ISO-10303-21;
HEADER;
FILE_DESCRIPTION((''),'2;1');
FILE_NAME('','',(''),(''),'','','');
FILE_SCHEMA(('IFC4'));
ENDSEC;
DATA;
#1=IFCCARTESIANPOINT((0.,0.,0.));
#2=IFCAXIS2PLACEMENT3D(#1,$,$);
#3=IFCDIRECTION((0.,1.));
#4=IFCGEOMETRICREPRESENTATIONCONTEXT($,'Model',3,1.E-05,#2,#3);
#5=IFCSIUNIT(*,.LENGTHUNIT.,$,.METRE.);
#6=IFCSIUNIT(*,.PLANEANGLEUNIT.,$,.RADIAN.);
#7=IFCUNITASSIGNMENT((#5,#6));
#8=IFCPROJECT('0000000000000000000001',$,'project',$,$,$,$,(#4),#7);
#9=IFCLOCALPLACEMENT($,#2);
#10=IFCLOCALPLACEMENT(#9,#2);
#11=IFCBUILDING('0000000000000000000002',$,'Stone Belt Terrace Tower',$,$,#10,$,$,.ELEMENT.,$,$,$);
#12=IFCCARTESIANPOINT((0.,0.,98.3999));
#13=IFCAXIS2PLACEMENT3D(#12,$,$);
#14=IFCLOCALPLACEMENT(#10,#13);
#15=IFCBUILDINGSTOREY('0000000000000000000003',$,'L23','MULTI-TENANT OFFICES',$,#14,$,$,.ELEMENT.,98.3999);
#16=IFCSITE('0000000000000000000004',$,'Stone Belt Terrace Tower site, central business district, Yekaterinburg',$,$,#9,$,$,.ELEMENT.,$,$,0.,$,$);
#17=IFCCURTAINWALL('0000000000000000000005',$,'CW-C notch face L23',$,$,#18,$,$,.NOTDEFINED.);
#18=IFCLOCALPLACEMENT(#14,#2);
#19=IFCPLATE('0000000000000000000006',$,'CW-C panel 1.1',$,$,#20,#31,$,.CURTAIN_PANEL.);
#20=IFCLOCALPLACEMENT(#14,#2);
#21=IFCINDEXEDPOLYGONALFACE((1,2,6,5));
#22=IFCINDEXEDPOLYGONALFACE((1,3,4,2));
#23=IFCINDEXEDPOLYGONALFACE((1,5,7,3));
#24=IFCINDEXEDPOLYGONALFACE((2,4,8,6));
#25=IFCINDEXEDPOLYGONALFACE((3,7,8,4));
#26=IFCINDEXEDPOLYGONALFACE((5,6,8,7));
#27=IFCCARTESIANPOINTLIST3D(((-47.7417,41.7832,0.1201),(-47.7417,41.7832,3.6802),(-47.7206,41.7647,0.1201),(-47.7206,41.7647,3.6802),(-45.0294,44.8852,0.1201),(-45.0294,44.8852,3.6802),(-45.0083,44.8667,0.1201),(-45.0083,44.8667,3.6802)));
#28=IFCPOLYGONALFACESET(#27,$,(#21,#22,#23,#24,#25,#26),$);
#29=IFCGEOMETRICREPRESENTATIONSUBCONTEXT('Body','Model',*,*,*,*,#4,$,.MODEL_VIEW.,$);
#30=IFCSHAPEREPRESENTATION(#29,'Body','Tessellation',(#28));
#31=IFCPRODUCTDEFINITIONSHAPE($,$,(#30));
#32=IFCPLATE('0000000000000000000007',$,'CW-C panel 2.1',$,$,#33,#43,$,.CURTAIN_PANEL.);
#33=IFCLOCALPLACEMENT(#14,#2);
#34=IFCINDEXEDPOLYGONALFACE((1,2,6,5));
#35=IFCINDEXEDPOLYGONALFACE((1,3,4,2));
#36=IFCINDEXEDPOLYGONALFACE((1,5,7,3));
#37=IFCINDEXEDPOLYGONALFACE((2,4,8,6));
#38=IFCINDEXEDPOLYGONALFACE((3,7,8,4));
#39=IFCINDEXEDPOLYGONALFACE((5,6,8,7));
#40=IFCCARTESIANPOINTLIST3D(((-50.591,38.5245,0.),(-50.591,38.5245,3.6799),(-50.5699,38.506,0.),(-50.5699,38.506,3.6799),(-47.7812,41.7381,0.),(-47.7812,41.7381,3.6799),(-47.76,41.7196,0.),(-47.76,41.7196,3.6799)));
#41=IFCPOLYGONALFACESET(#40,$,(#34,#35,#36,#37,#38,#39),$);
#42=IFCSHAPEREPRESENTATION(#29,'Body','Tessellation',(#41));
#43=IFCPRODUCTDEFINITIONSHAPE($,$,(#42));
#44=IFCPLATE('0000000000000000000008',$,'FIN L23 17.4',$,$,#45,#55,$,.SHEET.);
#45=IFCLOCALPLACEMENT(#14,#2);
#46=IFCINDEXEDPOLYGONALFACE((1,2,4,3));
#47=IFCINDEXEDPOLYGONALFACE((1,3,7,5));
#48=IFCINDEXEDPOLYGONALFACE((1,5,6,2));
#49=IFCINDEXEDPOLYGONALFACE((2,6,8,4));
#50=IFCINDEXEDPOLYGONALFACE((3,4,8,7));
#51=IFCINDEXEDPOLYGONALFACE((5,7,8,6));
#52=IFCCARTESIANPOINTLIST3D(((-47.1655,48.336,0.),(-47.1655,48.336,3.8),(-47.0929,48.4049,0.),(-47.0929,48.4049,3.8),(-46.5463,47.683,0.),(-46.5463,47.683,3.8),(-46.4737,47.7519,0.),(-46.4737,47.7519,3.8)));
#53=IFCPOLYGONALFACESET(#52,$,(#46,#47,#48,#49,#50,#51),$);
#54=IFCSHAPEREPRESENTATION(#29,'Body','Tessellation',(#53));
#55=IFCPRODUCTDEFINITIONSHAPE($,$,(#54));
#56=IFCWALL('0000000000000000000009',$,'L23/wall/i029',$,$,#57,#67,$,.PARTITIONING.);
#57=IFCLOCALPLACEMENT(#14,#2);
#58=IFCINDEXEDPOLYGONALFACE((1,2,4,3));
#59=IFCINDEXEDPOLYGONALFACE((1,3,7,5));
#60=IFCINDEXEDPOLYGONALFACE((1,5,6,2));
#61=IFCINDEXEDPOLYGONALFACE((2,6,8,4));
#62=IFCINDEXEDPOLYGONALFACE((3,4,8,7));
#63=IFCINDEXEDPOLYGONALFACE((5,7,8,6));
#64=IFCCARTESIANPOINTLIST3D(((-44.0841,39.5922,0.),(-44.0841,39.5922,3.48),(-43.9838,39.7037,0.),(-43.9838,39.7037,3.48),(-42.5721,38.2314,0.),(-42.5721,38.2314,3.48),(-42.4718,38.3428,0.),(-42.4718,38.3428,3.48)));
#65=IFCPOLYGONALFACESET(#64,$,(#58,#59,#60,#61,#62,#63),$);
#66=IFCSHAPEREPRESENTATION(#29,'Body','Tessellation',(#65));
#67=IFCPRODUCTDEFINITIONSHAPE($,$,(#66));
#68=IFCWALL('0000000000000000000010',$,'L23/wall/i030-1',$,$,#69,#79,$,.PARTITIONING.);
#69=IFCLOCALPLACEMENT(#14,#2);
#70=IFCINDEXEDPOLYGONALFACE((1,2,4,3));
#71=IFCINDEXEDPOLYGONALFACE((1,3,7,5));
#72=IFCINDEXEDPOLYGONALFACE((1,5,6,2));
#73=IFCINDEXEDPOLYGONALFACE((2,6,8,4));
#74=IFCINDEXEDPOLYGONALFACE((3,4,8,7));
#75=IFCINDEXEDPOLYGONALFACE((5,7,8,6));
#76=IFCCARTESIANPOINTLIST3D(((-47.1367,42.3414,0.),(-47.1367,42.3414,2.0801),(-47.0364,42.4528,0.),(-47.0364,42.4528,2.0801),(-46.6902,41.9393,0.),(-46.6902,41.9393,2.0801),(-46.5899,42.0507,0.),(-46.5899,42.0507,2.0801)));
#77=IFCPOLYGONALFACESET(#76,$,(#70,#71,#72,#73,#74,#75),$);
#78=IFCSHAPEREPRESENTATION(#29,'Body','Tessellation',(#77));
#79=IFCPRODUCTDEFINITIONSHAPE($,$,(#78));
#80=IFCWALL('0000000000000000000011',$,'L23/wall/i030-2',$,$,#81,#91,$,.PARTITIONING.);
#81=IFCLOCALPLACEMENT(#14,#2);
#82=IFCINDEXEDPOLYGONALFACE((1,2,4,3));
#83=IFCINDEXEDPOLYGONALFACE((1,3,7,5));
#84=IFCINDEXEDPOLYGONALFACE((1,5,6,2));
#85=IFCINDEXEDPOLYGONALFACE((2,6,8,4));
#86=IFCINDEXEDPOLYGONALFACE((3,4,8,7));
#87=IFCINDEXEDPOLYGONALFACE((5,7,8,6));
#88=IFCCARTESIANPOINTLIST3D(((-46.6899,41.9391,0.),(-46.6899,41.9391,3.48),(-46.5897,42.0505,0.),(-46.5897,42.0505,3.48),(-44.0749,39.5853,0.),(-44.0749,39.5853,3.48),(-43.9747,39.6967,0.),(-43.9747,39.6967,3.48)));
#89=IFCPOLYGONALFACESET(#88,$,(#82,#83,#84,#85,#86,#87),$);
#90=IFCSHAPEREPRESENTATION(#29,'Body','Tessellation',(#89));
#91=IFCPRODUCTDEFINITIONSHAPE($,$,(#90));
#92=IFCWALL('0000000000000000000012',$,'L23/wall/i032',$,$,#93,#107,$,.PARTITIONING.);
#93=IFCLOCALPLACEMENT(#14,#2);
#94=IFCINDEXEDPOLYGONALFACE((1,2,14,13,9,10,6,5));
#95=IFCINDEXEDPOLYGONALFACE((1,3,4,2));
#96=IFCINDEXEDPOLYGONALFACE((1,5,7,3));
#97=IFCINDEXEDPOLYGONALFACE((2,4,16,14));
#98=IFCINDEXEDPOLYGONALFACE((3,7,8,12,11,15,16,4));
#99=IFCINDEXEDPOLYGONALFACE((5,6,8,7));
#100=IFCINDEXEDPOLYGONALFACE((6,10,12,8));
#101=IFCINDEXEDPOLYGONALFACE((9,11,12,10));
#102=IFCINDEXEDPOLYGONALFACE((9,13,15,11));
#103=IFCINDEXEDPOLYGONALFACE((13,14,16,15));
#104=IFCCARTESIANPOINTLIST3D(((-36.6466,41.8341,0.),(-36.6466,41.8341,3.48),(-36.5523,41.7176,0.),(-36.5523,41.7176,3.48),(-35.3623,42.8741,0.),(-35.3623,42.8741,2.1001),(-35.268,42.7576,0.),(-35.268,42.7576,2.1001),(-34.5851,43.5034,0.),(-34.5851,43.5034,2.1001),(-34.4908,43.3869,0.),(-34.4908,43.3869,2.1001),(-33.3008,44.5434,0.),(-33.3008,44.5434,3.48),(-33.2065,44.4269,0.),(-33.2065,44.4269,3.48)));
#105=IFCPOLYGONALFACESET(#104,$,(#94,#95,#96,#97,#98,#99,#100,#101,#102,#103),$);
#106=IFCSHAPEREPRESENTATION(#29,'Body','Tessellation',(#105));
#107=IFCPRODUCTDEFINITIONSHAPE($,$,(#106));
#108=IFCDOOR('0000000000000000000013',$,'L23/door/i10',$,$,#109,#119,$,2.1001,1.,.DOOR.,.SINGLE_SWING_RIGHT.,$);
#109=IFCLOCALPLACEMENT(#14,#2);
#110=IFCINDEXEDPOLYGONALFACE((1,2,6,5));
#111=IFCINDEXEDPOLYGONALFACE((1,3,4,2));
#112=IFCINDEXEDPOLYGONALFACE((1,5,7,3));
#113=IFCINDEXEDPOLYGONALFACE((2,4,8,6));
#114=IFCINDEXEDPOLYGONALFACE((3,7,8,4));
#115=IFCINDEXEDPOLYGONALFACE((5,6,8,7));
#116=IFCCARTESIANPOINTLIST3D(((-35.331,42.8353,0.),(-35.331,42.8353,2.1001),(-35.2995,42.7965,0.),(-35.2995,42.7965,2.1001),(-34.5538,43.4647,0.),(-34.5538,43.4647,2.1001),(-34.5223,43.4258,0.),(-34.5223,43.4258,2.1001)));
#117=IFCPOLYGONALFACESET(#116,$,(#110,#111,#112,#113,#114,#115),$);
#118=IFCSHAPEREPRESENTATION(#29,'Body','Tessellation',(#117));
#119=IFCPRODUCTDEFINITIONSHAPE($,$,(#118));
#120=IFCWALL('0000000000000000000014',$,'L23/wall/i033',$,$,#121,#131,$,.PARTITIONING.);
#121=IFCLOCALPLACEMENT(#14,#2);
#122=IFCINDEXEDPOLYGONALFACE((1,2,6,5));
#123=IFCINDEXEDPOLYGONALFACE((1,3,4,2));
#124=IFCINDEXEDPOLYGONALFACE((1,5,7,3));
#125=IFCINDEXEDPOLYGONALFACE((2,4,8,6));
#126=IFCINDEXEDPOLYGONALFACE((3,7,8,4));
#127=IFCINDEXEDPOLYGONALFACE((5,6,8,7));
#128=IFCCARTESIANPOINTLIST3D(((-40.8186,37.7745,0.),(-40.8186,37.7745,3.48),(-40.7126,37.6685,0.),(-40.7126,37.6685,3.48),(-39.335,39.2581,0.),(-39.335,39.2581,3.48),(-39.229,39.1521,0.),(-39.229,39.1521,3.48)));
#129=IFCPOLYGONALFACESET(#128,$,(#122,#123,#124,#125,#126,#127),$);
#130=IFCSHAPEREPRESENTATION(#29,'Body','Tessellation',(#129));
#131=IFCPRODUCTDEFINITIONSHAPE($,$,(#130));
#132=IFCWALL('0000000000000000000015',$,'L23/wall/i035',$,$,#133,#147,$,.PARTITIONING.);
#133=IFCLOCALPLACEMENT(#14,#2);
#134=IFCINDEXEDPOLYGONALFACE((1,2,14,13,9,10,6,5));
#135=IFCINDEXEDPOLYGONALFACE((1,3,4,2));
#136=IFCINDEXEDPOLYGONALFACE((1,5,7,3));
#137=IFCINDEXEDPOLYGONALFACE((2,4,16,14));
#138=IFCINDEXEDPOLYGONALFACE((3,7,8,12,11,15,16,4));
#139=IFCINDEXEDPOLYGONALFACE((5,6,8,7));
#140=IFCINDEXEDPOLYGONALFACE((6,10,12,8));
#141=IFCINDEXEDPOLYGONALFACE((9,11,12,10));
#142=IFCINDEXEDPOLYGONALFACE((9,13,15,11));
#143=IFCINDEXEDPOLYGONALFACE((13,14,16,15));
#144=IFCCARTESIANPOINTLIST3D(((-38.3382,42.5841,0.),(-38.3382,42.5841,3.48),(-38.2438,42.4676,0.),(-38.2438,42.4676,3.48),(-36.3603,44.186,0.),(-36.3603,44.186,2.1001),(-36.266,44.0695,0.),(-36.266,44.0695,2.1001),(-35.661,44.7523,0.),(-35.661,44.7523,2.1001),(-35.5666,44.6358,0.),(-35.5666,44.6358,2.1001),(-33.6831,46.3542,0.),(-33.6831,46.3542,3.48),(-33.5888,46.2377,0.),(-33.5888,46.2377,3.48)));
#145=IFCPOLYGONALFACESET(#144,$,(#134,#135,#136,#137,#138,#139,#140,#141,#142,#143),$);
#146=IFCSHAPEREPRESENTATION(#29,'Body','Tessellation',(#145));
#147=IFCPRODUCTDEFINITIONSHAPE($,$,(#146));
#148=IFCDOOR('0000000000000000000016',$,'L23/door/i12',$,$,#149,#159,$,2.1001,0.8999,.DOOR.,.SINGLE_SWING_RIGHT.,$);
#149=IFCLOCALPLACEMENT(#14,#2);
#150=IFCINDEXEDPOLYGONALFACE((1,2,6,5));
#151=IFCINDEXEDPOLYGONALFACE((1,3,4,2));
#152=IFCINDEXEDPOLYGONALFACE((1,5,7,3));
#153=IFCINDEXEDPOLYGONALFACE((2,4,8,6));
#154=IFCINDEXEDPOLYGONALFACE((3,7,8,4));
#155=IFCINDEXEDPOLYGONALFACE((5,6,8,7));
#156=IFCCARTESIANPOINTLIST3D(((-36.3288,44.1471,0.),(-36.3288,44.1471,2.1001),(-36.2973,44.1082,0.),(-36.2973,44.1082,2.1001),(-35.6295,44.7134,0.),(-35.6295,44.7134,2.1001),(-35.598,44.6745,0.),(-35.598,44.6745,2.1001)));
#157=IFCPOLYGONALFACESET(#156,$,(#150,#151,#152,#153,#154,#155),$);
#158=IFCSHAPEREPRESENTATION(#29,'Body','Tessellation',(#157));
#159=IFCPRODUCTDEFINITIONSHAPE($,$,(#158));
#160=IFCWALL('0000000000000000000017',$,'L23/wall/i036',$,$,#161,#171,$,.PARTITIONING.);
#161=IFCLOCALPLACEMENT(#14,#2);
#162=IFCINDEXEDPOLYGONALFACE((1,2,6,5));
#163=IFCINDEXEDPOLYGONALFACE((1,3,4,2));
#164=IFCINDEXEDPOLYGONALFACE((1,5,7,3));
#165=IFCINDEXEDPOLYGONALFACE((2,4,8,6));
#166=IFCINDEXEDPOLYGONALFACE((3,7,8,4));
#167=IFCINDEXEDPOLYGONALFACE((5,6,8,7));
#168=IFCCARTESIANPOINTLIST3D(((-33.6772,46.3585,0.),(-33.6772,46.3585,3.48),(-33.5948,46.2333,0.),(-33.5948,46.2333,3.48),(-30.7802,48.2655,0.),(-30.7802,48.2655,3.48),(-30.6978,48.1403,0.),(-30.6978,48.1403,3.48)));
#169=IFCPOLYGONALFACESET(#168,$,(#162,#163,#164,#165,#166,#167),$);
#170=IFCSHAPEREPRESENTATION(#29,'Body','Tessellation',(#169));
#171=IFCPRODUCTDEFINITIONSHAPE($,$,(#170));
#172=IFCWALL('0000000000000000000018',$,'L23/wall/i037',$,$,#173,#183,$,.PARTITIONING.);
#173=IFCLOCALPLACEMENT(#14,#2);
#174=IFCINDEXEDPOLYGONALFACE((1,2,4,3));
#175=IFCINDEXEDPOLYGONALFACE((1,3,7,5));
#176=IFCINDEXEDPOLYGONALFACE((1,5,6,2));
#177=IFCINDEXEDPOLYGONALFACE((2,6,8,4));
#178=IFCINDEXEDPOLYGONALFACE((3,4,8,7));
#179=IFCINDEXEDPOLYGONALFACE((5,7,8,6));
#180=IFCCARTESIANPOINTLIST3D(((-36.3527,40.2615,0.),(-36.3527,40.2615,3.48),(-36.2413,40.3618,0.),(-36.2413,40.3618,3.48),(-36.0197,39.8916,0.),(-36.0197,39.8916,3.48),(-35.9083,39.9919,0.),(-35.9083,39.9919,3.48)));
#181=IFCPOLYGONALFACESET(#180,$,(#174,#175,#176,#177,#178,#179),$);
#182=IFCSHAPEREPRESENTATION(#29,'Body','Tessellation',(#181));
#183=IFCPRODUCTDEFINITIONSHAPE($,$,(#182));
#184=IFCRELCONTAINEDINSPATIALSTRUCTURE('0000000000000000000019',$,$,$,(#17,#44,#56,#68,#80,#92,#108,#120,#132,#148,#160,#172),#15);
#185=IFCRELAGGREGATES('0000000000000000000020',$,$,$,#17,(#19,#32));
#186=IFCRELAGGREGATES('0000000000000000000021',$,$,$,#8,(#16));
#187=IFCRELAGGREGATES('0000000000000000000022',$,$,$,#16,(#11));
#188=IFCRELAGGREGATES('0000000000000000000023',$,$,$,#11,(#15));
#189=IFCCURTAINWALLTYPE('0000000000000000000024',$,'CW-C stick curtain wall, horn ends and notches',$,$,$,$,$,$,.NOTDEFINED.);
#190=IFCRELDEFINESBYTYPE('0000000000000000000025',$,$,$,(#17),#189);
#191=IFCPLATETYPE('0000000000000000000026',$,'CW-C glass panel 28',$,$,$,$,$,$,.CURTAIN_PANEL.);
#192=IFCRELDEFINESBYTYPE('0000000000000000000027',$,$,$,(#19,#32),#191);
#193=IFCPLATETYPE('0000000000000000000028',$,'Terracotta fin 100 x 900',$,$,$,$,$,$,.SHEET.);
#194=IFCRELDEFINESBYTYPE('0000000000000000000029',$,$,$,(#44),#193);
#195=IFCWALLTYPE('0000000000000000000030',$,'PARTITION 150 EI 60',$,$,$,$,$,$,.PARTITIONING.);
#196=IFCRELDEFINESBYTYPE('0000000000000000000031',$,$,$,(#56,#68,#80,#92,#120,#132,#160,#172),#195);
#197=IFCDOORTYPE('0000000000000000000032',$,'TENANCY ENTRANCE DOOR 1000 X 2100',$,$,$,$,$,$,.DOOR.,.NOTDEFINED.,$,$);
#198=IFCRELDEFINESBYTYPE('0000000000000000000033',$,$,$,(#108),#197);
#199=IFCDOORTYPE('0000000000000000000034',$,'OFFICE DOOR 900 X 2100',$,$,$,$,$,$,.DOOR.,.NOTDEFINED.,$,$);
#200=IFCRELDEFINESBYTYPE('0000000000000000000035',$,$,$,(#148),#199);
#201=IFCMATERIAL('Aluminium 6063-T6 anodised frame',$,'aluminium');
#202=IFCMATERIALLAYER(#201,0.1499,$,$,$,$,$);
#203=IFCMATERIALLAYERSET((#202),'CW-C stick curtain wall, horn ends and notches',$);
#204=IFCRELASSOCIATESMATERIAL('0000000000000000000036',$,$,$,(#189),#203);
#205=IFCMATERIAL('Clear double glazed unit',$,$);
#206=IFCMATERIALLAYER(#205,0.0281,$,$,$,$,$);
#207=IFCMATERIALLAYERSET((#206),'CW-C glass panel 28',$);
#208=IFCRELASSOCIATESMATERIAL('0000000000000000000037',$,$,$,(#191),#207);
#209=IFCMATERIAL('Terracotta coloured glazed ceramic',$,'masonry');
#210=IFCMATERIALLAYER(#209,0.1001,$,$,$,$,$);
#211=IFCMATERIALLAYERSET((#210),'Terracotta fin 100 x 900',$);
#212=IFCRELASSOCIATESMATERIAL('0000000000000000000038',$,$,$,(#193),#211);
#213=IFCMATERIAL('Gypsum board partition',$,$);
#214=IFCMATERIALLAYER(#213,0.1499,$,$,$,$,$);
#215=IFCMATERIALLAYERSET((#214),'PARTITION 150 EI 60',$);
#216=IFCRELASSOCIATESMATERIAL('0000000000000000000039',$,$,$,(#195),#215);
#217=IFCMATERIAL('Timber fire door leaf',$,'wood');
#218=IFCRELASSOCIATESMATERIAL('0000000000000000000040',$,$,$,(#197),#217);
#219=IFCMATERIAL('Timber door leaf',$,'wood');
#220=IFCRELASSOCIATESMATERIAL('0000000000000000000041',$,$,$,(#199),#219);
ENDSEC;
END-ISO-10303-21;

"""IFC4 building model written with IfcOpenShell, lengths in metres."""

from ifc_helpers import new_model, si_unit, direction, frame, frame_2d, origin, origin_2d, place, context, subcontext, project, spatial, rectangle, extrude, material, layer, layer_set, type_object, element, fill, aggregate, save


model = new_model("IFC4")

# Units and contexts
model_context = context("Model", 3, precision=1e-05, world=origin(), true_north=direction((0.0, 1.0)))
body_context = subcontext(model_context, "Body", "Model", "MODEL_VIEW")
ifc_project = project(units=[si_unit("LENGTHUNIT", "METRE"), si_unit("PLANEANGLEUNIT", "RADIAN")], contexts=[model_context])

# Site, building, storey
site_placement = place(None, origin())
site = spatial("IfcSite", under=ifc_project, at=site_placement, Name="Stone Belt Terrace Tower site, central business district, Yekaterinburg", CompositionType="ELEMENT", RefElevation=0.0)
building_placement = place(site_placement, origin())
building = spatial("IfcBuilding", under=site, at=building_placement, Name="Stone Belt Terrace Tower", CompositionType="ELEMENT")
storey_placement = place(building_placement, frame((0.0, 0.0, 98.3999)))
storey = spatial("IfcBuildingStorey", under=building, at=storey_placement, Name="L23", Description="MULTI-TENANT OFFICES", CompositionType="ELEMENT", Elevation=98.3999)

# Shared definitions
ifc_material_1 = material(Name="Aluminium 6063-T6 anodised frame", Category="aluminium")
ifc_layer_1 = layer(ifc_material_1, 0.1499)
ifc_layer_set_1 = layer_set([ifc_layer_1], Name="CW-C stick curtain wall, horn ends and notches")
curtain_wall_type = type_object("IfcCurtainWallType", Name="CW-C stick curtain wall, horn ends and notches", PredefinedType="NOTDEFINED", material=ifc_layer_set_1)

# Curtain wall
curtain_wall_1_placement = place(storey_placement, origin())
curtain_wall_1 = element("IfcCurtainWall", 1, at=curtain_wall_1_placement, inside=storey, type_object=curtain_wall_type, Name="CW-C notch face L23", PredefinedType="NOTDEFINED")

# Plates
ifc_material_2 = material(Name="Clear double glazed unit")
ifc_layer_2 = layer(ifc_material_2, 0.0281)
ifc_layer_set_2 = layer_set([ifc_layer_2], Name="CW-C glass panel 28")
plate_type_1 = type_object("IfcPlateType", Name="CW-C glass panel 28", PredefinedType="CURTAIN_PANEL", material=ifc_layer_set_2)
plate_1_placement = place(storey_placement, frame((-46.375, 43.325, 0.1201), z_axis=(0.0, 0.0, 1.0), x_axis=(-0.65823, -0.752817, 0.0)))
plate_1 = element("IfcPlate", 2, at=plate_1_placement, type_object=plate_type_1, Name="CW-C panel 1.1", PredefinedType="CURTAIN_PANEL", context=body_context, shape_type="SweptSolid", body=[
    extrude(rectangle(XDim=4.1206, YDim=0.0281, at=origin_2d()), origin(), (0.0, 0.0, 1.0), 3.5601),
])
plate_2_placement = place(storey_placement, frame((-49.1755, 40.1221, 0.0), z_axis=(0.0, 0.0, 1.0), x_axis=(-0.65823, -0.752817, 0.0)))
plate_2 = element("IfcPlate", 3, at=plate_2_placement, type_object=plate_type_1, Name="CW-C panel 2.1", PredefinedType="CURTAIN_PANEL", context=body_context, shape_type="SweptSolid", body=[
    extrude(rectangle(XDim=4.2688, YDim=0.0281, at=origin_2d()), origin(), (0.0, 0.0, 1.0), 3.6799),
])
aggregate(curtain_wall_1, [plate_1, plate_2])
ifc_material_3 = material(Name="Terracotta coloured glazed ceramic", Category="masonry")
ifc_layer_3 = layer(ifc_material_3, 0.1001)
ifc_layer_set_3 = layer_set([ifc_layer_3], Name="Terracotta fin 100 x 900")
plate_type_2 = type_object("IfcPlateType", Name="Terracotta fin 100 x 900", PredefinedType="SHEET", material=ifc_layer_set_3)
plate_3_placement = place(storey_placement, frame((-46.8196, 48.0439, 0.0), z_axis=(0.0, 0.0, 1.0), x_axis=(-0.688087, 0.725628, 0.0)))
element("IfcPlate", 4, at=plate_3_placement, inside=storey, type_object=plate_type_2, Name="FIN L23 17.4", PredefinedType="SHEET", context=body_context, shape_type="SweptSolid", body=[
    extrude(rectangle(XDim=0.8999, YDim=0.1001, at=origin_2d()), origin(), (0.0, 0.0, 1.0), 3.8),
])

# Walls
ifc_material_4 = material(Name="Gypsum board partition")
ifc_layer_4 = layer(ifc_material_4, 0.1499)
ifc_layer_set_4 = layer_set([ifc_layer_4], Name="PARTITION 150 EI 60")
wall_type = type_object("IfcWallType", Name="PARTITION 150 EI 60", PredefinedType="PARTITIONING", material=ifc_layer_set_4)
wall_1_placement = place(storey_placement, frame((-44.0339, 39.6479, 0.0), z_axis=(0.0, 0.0, 1.0), x_axis=(0.743276, -0.668985, 0.0)))
element("IfcWall", 5, at=wall_1_placement, inside=storey, type_object=wall_type, Name="L23/wall/i029", PredefinedType="PARTITIONING", context=body_context, shape_type="SweptSolid", body=[
    extrude(rectangle(XDim=2.0342, YDim=0.1499, at=frame_2d((1.0171, 0.0))), origin(), (0.0, 0.0, 1.0), 3.48),
])
wall_2_placement = place(storey_placement, frame((-47.0864, 42.397, 0.0), z_axis=(0.0, 0.0, 1.0), x_axis=(0.743112, -0.669167, 0.0)))
element("IfcWall", 6, at=wall_2_placement, inside=storey, type_object=wall_type, Name="L23/wall/i030-1", PredefinedType="PARTITIONING", context=body_context, shape_type="SweptSolid", body=[
    extrude(rectangle(XDim=0.6008, YDim=0.1499, at=frame_2d((0.3003, 0.0))), origin(), (0.0, 0.0, 1.0), 2.0801),
])
wall_3_placement = place(storey_placement, frame((-46.6399, 41.9949, 0.0), z_axis=(0.0, 0.0, 1.0), x_axis=(0.743256, -0.669007, 0.0)))
element("IfcWall", 7, at=wall_3_placement, inside=storey, type_object=wall_type, Name="L23/wall/i030-2", PredefinedType="PARTITIONING", context=body_context, shape_type="SweptSolid", body=[
    extrude(rectangle(XDim=3.5183, YDim=0.1499, at=frame_2d((1.7593, 0.0))), origin(), (0.0, 0.0, 1.0), 3.48),
])

# Wall, opening, door
wall_4_placement = place(storey_placement, frame((-33.2537, 44.4851, 0.0), z_axis=(0.0, 0.0, 1.0), x_axis=(-0.777154, -0.629311, 0.0)))
wall_4 = element("IfcWall", 8, at=wall_4_placement, inside=storey, type_object=wall_type, Name="L23/wall/i032", PredefinedType="PARTITIONING", context=body_context, shape_type="SweptSolid", body=[
    extrude(rectangle(XDim=4.3052, YDim=0.1499, at=frame_2d((2.1526, 0.0))), origin(), (0.0, 0.0, 1.0), 3.48),
])
opening_1_placement = place(wall_4_placement, frame((1.6526, 0.0, 0.0)))
opening_1 = element("IfcOpeningElement", 9, at=opening_1_placement, cuts=wall_4, PredefinedType="OPENING", context=body_context, shape_type="SweptSolid", body=[
    extrude(rectangle(XDim=1.0, YDim=2.1001, at=frame_2d((0.5, 1.05))), frame((0.0, 0.085, 0.0), z_axis=(0.0, -1.0, 0.0), x_axis=(1.0, 0.0, 0.0)), (0.0, 0.0, 1.0), 0.1699),
])
ifc_material_5 = material(Name="Timber fire door leaf", Category="wood")
door_type_1 = type_object("IfcDoorType", Name="TENANCY ENTRANCE DOOR 1000 X 2100", OperationType="NOTDEFINED", PredefinedType="DOOR", material=ifc_material_5)
door_1_placement = place(opening_1_placement, origin())
door_1 = element("IfcDoor", 10, at=door_1_placement, inside=storey, type_object=door_type_1, Name="L23/door/i10", OperationType="SINGLE_SWING_RIGHT", OverallHeight=2.1001, OverallWidth=1.0, PredefinedType="DOOR", context=body_context, shape_type="SweptSolid", body=[
    extrude(rectangle(XDim=1.0, YDim=2.1001, at=frame_2d((0.5, 1.05))), frame((0.0, 0.0249, 0.0), z_axis=(0.0, -1.0, 0.0), x_axis=(1.0, 0.0, 0.0)), (0.0, 0.0, 1.0), 0.05),
])
fill(opening_1, door_1)

# Wall
wall_5_placement = place(storey_placement, frame((-39.282, 39.2051, 0.0), z_axis=(0.0, 0.0, 1.0), x_axis=(-0.707107, -0.707107, 0.0)))
element("IfcWall", 11, at=wall_5_placement, inside=storey, type_object=wall_type, Name="L23/wall/i033", PredefinedType="PARTITIONING", context=body_context, shape_type="SweptSolid", body=[
    extrude(rectangle(XDim=2.0981, YDim=0.1499, at=frame_2d((1.0491, 0.0))), origin(), (0.0, 0.0, 1.0), 3.48),
])

# Wall, opening, door
wall_6_placement = place(storey_placement, frame((-38.291, 42.5259, 0.0), z_axis=(0.0, 0.0, 1.0), x_axis=(0.777109, 0.629366, 0.0)))
wall_6 = element("IfcWall", 12, at=wall_6_placement, inside=storey, type_object=wall_type, Name="L23/wall/i035", PredefinedType="PARTITIONING", context=body_context, shape_type="SweptSolid", body=[
    extrude(rectangle(XDim=5.9902, YDim=0.1499, at=frame_2d((2.9951, 0.0))), origin(), (0.0, 0.0, 1.0), 3.48),
])
opening_2_placement = place(wall_6_placement, frame((2.5452, 0.0, 0.0)))
opening_2 = element("IfcOpeningElement", 13, at=opening_2_placement, cuts=wall_6, PredefinedType="OPENING", context=body_context, shape_type="SweptSolid", body=[
    extrude(rectangle(XDim=0.8999, YDim=2.1001, at=frame_2d((0.45, 1.05))), frame((0.0, 0.085, 0.0), z_axis=(0.0, -1.0, 0.0), x_axis=(1.0, 0.0, 0.0)), (0.0, 0.0, 1.0), 0.1699),
])
ifc_material_6 = material(Name="Timber door leaf", Category="wood")
door_type_2 = type_object("IfcDoorType", Name="OFFICE DOOR 900 X 2100", OperationType="NOTDEFINED", PredefinedType="DOOR", material=ifc_material_6)
door_2_placement = place(opening_2_placement, origin())
door_2 = element("IfcDoor", 14, at=door_2_placement, inside=storey, type_object=door_type_2, Name="L23/door/i12", OperationType="SINGLE_SWING_RIGHT", OverallHeight=2.1001, OverallWidth=0.8999, PredefinedType="DOOR", context=body_context, shape_type="SweptSolid", body=[
    extrude(rectangle(XDim=0.8999, YDim=2.1001, at=frame_2d((0.45, 1.05))), frame((0.0, 0.0249, 0.0), z_axis=(0.0, -1.0, 0.0), x_axis=(1.0, 0.0, 0.0)), (0.0, 0.0, 1.0), 0.05),
])
fill(opening_2, door_2)

# Walls
wall_7_placement = place(storey_placement, frame((-33.636, 46.2959, 0.0), z_axis=(0.0, 0.0, 1.0), x_axis=(0.835274, 0.549834, 0.0)))
element("IfcWall", 15, at=wall_7_placement, inside=storey, type_object=wall_type, Name="L23/wall/i036", PredefinedType="PARTITIONING", context=body_context, shape_type="SweptSolid", body=[
    extrude(rectangle(XDim=3.4683, YDim=0.1499, at=frame_2d((1.7341, 0.0))), origin(), (0.0, 0.0, 1.0), 3.48),
])
wall_8_placement = place(storey_placement, frame((-36.2971, 40.3118, 0.0), z_axis=(0.0, 0.0, 1.0), x_axis=(0.6691, -0.743172, 0.0)))
element("IfcWall", 16, at=wall_8_placement, inside=storey, type_object=wall_type, Name="L23/wall/i037", PredefinedType="PARTITIONING", context=body_context, shape_type="SweptSolid", body=[
    extrude(rectangle(XDim=0.4978, YDim=0.1499, at=frame_2d((0.249, 0.0))), origin(), (0.0, 0.0, 1.0), 3.48),
])

save(model, "model.ifc")
